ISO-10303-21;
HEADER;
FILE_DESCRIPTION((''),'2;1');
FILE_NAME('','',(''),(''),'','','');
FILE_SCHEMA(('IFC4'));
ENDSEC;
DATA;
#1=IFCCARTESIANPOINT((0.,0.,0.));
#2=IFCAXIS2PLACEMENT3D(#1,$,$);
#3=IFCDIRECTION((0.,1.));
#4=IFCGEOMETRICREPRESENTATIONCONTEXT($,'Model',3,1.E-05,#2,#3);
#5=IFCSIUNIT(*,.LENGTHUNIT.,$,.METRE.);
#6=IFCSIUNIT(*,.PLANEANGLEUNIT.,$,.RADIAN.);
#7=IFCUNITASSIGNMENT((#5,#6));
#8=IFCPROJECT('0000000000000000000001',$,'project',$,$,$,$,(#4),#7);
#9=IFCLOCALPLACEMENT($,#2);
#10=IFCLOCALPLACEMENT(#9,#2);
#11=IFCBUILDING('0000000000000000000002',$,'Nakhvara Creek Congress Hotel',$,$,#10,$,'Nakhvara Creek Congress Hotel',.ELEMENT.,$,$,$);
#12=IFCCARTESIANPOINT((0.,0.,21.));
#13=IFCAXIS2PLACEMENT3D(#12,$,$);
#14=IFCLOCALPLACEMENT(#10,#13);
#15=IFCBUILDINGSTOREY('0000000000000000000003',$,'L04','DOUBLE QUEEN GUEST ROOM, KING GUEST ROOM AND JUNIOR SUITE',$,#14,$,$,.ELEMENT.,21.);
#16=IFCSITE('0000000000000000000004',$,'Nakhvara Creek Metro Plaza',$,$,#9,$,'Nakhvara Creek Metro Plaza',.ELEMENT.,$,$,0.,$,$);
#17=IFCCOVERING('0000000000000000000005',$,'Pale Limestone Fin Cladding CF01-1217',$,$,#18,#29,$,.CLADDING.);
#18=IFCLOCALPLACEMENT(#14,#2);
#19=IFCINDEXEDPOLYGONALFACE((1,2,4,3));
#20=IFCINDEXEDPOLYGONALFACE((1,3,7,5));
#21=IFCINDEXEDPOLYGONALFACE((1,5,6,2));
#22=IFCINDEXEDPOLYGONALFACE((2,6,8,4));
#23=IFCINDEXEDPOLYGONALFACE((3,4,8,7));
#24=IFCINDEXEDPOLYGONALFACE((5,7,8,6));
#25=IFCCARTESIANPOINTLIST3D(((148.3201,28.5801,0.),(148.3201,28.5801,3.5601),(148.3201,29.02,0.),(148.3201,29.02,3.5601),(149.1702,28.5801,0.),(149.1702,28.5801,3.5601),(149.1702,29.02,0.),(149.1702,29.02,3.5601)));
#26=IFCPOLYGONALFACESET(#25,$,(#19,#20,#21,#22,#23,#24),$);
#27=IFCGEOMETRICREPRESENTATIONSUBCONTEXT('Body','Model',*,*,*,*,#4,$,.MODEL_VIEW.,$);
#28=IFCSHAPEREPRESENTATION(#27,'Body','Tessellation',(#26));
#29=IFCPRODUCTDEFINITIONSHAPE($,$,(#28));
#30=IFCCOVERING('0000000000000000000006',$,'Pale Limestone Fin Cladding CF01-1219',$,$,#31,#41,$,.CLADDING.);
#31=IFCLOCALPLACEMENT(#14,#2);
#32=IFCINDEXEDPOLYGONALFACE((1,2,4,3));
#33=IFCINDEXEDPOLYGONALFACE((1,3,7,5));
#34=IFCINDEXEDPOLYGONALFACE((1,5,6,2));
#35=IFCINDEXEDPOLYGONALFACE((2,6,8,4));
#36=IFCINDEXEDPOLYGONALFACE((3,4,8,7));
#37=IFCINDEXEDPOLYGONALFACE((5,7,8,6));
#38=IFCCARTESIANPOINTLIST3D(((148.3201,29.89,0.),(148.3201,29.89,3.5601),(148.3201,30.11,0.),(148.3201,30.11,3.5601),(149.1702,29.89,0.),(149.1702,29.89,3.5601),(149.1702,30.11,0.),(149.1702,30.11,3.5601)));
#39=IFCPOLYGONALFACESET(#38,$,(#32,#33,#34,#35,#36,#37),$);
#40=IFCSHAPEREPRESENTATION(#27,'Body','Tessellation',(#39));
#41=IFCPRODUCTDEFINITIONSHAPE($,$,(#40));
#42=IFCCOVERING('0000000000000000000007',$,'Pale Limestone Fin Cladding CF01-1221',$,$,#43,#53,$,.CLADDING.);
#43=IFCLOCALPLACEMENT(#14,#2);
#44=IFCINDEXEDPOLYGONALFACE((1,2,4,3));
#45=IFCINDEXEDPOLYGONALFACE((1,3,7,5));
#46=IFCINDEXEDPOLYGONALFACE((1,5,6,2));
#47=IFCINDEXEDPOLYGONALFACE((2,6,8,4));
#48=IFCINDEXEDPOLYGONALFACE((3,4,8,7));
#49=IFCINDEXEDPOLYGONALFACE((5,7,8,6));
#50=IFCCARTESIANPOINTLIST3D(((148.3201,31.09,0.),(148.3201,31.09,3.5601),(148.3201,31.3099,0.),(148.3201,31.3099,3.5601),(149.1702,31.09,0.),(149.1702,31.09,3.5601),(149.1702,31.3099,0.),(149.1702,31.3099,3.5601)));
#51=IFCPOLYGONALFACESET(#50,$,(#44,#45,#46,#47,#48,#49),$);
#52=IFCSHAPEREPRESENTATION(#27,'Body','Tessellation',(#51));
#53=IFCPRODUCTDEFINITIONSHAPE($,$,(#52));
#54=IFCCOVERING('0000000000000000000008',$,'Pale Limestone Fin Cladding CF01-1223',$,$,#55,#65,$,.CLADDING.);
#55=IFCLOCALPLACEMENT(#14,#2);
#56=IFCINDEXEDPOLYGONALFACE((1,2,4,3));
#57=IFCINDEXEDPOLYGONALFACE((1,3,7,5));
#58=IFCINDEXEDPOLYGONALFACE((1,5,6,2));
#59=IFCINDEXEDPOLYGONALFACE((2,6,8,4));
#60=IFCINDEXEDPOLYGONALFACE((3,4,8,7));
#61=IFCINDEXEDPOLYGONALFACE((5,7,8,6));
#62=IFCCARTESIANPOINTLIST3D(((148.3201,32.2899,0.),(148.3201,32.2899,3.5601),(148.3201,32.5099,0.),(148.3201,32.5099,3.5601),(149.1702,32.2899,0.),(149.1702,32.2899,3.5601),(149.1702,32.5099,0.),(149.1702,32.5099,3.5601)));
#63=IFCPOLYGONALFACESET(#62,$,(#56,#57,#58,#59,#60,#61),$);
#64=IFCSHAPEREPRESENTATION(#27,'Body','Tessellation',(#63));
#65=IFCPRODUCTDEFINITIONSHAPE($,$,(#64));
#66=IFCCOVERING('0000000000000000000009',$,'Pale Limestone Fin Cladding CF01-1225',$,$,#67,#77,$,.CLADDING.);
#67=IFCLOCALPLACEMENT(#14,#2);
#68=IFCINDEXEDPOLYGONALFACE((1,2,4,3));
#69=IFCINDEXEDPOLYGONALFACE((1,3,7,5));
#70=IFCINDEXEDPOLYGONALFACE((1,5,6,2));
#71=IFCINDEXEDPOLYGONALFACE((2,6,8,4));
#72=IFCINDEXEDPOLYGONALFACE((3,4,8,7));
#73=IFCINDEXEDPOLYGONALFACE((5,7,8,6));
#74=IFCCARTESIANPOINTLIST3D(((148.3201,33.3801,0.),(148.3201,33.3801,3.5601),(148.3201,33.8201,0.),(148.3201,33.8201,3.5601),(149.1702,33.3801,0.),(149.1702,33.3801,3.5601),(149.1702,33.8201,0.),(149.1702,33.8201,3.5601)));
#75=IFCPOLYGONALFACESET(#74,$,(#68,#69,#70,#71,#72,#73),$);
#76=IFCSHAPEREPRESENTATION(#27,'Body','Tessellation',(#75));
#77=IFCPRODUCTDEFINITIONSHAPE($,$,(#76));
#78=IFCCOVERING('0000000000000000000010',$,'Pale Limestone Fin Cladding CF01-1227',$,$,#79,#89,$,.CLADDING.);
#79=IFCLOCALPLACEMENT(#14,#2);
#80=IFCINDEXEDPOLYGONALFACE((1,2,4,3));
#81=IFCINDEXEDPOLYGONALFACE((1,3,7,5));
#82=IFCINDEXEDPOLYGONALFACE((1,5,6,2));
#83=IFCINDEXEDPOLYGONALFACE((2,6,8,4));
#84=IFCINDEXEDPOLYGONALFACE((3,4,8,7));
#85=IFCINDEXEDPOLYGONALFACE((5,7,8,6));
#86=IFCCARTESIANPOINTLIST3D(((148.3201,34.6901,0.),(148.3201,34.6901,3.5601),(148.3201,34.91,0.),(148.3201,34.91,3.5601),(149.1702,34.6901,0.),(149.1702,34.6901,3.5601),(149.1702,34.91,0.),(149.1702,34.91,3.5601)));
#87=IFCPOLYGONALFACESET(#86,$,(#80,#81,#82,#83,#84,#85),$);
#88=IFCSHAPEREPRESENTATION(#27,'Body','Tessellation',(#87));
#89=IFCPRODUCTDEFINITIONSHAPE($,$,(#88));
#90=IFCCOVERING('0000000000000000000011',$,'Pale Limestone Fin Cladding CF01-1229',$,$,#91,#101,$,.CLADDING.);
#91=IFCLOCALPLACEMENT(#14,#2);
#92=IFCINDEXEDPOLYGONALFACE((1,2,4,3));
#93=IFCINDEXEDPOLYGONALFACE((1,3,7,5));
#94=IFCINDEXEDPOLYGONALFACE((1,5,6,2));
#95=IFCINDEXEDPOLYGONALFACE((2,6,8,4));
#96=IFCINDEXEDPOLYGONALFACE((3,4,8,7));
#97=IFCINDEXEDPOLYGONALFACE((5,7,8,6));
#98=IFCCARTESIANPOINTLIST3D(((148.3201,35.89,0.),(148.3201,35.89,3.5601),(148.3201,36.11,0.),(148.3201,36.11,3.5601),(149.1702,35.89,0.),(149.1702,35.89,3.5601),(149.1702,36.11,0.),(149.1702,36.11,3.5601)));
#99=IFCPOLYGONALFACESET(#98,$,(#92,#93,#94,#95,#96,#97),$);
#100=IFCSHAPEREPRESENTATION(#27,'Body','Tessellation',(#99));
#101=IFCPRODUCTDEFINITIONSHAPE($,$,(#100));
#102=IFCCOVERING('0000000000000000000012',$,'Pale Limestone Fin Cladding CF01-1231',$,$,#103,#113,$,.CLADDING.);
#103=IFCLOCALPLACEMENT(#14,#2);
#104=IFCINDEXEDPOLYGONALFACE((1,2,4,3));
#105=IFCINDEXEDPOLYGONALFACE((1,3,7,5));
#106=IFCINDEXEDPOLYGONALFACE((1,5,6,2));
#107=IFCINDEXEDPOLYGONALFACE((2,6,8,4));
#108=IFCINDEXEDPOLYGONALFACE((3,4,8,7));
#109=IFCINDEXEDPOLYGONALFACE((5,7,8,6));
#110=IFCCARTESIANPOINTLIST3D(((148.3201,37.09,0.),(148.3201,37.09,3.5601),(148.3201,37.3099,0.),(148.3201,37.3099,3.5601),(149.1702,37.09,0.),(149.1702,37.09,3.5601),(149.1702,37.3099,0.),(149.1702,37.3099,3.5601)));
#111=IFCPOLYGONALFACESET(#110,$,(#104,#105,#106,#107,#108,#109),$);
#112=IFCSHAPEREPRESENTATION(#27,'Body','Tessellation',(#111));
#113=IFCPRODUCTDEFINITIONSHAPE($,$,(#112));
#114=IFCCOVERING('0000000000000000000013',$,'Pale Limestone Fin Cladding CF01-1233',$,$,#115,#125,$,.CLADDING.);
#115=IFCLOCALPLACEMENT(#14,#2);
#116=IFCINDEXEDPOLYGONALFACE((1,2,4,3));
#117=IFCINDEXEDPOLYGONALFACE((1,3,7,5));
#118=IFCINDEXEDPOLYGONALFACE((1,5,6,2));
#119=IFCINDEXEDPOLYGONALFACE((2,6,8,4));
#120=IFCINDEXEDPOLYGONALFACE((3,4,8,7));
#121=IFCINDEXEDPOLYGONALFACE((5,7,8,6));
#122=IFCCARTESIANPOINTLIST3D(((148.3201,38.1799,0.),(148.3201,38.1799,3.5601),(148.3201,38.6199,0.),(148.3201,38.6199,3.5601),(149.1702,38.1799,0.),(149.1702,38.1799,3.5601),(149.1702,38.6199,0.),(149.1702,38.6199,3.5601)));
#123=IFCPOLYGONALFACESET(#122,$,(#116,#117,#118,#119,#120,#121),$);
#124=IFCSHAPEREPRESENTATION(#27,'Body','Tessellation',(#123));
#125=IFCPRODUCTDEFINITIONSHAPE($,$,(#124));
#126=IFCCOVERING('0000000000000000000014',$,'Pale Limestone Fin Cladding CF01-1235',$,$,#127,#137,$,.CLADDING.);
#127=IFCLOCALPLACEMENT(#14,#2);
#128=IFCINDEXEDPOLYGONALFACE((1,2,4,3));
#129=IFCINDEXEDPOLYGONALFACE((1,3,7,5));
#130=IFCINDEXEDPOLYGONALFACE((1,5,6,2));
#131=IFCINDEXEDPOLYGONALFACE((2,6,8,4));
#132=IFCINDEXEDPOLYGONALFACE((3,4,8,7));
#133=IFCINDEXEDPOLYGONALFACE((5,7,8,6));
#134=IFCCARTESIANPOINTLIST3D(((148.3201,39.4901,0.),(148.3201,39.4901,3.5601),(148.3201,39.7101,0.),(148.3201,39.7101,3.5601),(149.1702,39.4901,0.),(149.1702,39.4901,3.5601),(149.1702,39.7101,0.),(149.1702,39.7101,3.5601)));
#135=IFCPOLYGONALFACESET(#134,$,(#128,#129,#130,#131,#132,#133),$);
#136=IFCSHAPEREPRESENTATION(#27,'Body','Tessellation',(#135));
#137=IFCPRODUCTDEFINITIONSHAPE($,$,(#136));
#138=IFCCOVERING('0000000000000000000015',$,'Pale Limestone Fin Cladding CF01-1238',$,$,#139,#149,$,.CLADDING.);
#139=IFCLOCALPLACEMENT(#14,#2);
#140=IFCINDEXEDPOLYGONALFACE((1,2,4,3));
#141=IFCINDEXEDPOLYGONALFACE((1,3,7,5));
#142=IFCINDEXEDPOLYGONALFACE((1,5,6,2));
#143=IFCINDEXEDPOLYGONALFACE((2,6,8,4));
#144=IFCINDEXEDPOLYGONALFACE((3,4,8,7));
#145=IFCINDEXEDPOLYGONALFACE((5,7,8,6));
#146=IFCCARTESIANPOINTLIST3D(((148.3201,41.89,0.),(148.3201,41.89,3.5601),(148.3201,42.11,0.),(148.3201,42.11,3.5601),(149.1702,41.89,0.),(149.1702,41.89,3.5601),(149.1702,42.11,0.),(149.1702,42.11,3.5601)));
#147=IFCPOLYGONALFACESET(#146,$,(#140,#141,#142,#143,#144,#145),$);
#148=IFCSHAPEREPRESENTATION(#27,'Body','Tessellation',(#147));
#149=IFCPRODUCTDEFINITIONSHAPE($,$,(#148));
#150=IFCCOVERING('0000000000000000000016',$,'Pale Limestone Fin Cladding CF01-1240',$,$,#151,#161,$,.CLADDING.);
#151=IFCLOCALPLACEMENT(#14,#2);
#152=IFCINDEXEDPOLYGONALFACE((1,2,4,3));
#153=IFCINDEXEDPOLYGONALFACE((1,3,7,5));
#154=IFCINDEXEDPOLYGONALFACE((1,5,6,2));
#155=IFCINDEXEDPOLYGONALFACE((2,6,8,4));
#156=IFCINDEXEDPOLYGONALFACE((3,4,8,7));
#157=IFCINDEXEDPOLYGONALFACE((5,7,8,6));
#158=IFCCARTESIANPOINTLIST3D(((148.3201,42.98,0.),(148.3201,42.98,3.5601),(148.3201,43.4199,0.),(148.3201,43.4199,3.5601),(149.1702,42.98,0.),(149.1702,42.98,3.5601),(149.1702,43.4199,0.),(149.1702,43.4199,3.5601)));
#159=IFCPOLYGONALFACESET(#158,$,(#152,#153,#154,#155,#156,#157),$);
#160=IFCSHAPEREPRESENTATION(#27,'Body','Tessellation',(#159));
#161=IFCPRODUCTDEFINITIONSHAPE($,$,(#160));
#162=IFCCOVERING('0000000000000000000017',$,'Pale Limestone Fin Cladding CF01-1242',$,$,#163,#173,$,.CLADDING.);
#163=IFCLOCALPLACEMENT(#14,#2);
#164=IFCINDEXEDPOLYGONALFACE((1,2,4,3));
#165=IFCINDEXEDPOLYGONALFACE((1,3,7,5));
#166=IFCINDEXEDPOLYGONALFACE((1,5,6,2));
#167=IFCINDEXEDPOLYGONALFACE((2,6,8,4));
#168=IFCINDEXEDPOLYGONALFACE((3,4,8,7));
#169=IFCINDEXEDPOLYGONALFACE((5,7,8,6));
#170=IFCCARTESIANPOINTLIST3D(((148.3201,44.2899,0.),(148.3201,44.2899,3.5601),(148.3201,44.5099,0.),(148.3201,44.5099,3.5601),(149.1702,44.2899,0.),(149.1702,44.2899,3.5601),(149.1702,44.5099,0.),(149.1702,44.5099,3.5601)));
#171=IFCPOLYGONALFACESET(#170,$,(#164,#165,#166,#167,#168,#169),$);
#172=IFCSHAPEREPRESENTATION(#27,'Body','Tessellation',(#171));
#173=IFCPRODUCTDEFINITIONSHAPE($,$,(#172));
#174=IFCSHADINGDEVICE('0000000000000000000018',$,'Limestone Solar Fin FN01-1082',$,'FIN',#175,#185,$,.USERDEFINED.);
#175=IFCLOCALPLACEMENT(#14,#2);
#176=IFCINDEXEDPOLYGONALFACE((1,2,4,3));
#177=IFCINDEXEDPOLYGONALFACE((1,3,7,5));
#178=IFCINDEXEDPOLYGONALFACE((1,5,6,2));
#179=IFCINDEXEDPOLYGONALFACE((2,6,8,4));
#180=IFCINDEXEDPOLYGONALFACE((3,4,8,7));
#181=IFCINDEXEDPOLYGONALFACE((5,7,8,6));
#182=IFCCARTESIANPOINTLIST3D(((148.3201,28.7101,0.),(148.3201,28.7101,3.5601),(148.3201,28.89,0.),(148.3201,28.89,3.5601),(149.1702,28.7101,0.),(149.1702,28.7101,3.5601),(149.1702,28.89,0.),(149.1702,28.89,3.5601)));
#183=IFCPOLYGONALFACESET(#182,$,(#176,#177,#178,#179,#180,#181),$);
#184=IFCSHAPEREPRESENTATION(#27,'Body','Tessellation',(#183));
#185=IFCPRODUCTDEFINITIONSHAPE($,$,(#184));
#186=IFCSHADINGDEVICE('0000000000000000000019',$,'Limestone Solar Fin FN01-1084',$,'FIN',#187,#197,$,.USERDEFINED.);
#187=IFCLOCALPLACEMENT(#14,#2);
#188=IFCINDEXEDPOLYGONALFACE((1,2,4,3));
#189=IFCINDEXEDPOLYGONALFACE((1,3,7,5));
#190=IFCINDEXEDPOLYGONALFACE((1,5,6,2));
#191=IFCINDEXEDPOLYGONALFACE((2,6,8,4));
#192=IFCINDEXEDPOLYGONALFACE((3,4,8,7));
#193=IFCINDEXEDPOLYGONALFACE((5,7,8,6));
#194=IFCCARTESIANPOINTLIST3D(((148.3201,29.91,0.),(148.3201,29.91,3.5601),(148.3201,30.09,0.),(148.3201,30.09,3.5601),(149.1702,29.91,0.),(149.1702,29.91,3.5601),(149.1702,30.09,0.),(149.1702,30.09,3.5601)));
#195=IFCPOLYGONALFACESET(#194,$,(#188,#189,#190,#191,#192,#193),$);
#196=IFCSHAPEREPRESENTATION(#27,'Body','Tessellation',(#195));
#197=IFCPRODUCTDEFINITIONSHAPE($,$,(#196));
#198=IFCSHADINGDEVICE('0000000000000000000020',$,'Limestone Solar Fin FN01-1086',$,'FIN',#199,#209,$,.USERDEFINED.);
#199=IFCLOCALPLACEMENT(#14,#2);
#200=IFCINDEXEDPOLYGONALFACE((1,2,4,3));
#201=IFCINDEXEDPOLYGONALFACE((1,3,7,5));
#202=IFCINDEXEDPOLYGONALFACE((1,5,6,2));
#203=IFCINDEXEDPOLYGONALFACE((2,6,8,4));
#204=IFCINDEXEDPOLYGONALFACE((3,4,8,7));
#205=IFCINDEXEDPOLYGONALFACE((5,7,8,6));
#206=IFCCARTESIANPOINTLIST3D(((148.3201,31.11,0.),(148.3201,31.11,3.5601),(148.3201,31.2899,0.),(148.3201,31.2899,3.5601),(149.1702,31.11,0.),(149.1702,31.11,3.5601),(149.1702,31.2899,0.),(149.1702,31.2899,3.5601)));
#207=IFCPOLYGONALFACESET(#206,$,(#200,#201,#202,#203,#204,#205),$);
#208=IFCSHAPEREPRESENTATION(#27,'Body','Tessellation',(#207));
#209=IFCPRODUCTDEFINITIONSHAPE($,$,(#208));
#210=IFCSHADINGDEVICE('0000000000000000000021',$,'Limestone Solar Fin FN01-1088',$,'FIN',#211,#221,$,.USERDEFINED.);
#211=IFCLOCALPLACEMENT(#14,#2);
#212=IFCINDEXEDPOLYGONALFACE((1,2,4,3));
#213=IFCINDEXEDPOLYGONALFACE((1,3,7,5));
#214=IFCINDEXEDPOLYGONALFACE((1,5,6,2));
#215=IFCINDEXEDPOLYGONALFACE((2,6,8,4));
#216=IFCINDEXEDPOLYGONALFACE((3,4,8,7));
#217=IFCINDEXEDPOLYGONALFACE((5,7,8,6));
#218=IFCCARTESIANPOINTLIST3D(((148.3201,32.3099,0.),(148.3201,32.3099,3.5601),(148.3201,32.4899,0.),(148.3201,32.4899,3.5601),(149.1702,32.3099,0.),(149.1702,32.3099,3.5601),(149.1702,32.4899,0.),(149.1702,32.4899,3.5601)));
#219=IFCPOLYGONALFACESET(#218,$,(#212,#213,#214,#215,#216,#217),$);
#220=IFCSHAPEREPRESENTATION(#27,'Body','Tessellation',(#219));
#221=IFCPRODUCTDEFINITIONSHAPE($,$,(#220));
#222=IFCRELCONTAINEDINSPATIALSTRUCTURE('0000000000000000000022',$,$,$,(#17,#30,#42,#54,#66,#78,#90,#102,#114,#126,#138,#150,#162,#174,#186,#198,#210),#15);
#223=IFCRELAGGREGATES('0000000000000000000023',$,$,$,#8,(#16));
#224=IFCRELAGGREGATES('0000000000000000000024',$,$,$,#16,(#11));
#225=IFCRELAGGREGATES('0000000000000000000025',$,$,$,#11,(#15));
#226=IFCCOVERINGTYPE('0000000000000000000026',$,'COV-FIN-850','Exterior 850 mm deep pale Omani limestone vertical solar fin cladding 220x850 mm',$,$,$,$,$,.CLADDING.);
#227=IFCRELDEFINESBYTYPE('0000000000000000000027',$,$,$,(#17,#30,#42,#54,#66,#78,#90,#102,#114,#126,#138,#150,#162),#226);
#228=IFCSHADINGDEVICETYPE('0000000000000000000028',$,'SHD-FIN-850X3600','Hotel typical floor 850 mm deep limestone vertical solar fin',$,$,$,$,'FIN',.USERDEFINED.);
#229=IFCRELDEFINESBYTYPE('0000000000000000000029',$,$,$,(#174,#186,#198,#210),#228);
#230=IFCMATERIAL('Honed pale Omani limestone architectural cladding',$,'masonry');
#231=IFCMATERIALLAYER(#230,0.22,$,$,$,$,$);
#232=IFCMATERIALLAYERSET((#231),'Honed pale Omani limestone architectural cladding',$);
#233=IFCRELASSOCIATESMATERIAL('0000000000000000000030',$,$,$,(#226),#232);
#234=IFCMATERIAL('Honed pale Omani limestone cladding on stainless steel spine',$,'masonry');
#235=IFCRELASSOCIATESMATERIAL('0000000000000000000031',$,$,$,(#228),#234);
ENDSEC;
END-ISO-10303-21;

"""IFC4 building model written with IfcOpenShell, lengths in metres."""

from ifc_helpers import new_model, si_unit, direction, frame, origin, origin_2d, place, context, subcontext, project, spatial, rectangle, extrude, material, layer, layer_set, type_object, element, save


model = new_model("IFC4")

# Units and contexts
model_context = context("Model", 3, precision=1e-05, world=origin(), true_north=direction((0.0, 1.0)))
body_context = subcontext(model_context, "Body", "Model", "MODEL_VIEW")
ifc_project = project(units=[si_unit("LENGTHUNIT", "METRE"), si_unit("PLANEANGLEUNIT", "RADIAN")], contexts=[model_context])

# Site, building, storey
site_placement = place(None, origin())
site = spatial("IfcSite", under=ifc_project, at=site_placement, Name="Nakhvara Creek Metro Plaza", LongName="Nakhvara Creek Metro Plaza", CompositionType="ELEMENT", RefElevation=0.0)
building_placement = place(site_placement, origin())
building = spatial("IfcBuilding", under=site, at=building_placement, Name="Nakhvara Creek Congress Hotel", LongName="Nakhvara Creek Congress Hotel", CompositionType="ELEMENT")
storey_placement = place(building_placement, frame((0.0, 0.0, 21.0)))
storey = spatial("IfcBuildingStorey", under=building, at=storey_placement, Name="L04", Description="DOUBLE QUEEN GUEST ROOM, KING GUEST ROOM AND JUNIOR SUITE", CompositionType="ELEMENT", Elevation=21.0)

# Coverings
ifc_material_1 = material(Name="Honed pale Omani limestone architectural cladding", Category="masonry")
ifc_layer = layer(ifc_material_1, 0.22)
ifc_layer_set = layer_set([ifc_layer], Name="Honed pale Omani limestone architectural cladding")
covering_type = type_object("IfcCoveringType", Name="COV-FIN-850", Description="Exterior 850 mm deep pale Omani limestone vertical solar fin cladding 220x850 mm", PredefinedType="CLADDING", material=ifc_layer_set)
covering_1_placement = place(storey_placement, frame((148.7451, 28.8, 0.0), z_axis=(0.0, 0.0, 1.0), x_axis=(0.0, 1.0, 0.0)))
element("IfcCovering", 1, at=covering_1_placement, inside=storey, type_object=covering_type, Name="Pale Limestone Fin Cladding CF01-1217", PredefinedType="CLADDING", context=body_context, shape_type="SweptSolid", body=[
    extrude(rectangle(XDim=0.4399, YDim=0.8501, at=origin_2d()), origin(), (0.0, 0.0, 1.0), 3.5601),
])
for number, where, z_axis, x_axis, name in (
    (2, (148.7451, 30.0, 0.0), (0.0, 0.0, 1.0), (0.0, 1.0, 0.0), "Pale Limestone Fin Cladding CF01-1219"),
    (3, (148.7451, 31.2, 0.0), (0.0, 0.0, 1.0), (0.0, 1.0, 0.0), "Pale Limestone Fin Cladding CF01-1221"),
    (4, (148.7451, 32.3999, 0.0), (0.0, 0.0, 1.0), (0.0, 1.0, 0.0), "Pale Limestone Fin Cladding CF01-1223"),
):
    element("IfcCovering", number, at=place(storey_placement, frame(where, z_axis=z_axis, x_axis=x_axis)), inside=storey, type_object=covering_type, Name=name, PredefinedType="CLADDING", context=body_context, shape_type="SweptSolid", body=[
        extrude(rectangle(XDim=0.22, YDim=0.8501, at=origin_2d()), origin(), (0.0, 0.0, 1.0), 3.5601),
    ])
covering_2_placement = place(storey_placement, frame((148.7451, 33.6001, 0.0), z_axis=(0.0, 0.0, 1.0), x_axis=(0.0, 1.0, 0.0)))
element("IfcCovering", 5, at=covering_2_placement, inside=storey, type_object=covering_type, Name="Pale Limestone Fin Cladding CF01-1225", PredefinedType="CLADDING", context=body_context, shape_type="SweptSolid", body=[
    extrude(rectangle(XDim=0.4399, YDim=0.8501, at=origin_2d()), origin(), (0.0, 0.0, 1.0), 3.5601),
])
for number, where, z_axis, x_axis, name in (
    (6, (148.7451, 34.8, 0.0), (0.0, 0.0, 1.0), (0.0, 1.0, 0.0), "Pale Limestone Fin Cladding CF01-1227"),
    (7, (148.7451, 36.0, 0.0), (0.0, 0.0, 1.0), (0.0, 1.0, 0.0), "Pale Limestone Fin Cladding CF01-1229"),
    (8, (148.7451, 37.2, 0.0), (0.0, 0.0, 1.0), (0.0, 1.0, 0.0), "Pale Limestone Fin Cladding CF01-1231"),
):
    element("IfcCovering", number, at=place(storey_placement, frame(where, z_axis=z_axis, x_axis=x_axis)), inside=storey, type_object=covering_type, Name=name, PredefinedType="CLADDING", context=body_context, shape_type="SweptSolid", body=[
        extrude(rectangle(XDim=0.22, YDim=0.8501, at=origin_2d()), origin(), (0.0, 0.0, 1.0), 3.5601),
    ])
covering_3_placement = place(storey_placement, frame((148.7451, 38.3999, 0.0), z_axis=(0.0, 0.0, 1.0), x_axis=(0.0, 1.0, 0.0)))
element("IfcCovering", 9, at=covering_3_placement, inside=storey, type_object=covering_type, Name="Pale Limestone Fin Cladding CF01-1233", PredefinedType="CLADDING", context=body_context, shape_type="SweptSolid", body=[
    extrude(rectangle(XDim=0.4399, YDim=0.8501, at=origin_2d()), origin(), (0.0, 0.0, 1.0), 3.5601),
])
for number, where, z_axis, x_axis, name in (
    (10, (148.7451, 39.6001, 0.0), (0.0, 0.0, 1.0), (0.0, 1.0, 0.0), "Pale Limestone Fin Cladding CF01-1235"),
    (11, (148.7451, 42.0, 0.0), (0.0, 0.0, 1.0), (0.0, 1.0, 0.0), "Pale Limestone Fin Cladding CF01-1238"),
):
    element("IfcCovering", number, at=place(storey_placement, frame(where, z_axis=z_axis, x_axis=x_axis)), inside=storey, type_object=covering_type, Name=name, PredefinedType="CLADDING", context=body_context, shape_type="SweptSolid", body=[
        extrude(rectangle(XDim=0.22, YDim=0.8501, at=origin_2d()), origin(), (0.0, 0.0, 1.0), 3.5601),
    ])
covering_4_placement = place(storey_placement, frame((148.7451, 43.2, 0.0), z_axis=(0.0, 0.0, 1.0), x_axis=(0.0, 1.0, 0.0)))
element("IfcCovering", 12, at=covering_4_placement, inside=storey, type_object=covering_type, Name="Pale Limestone Fin Cladding CF01-1240", PredefinedType="CLADDING", context=body_context, shape_type="SweptSolid", body=[
    extrude(rectangle(XDim=0.4399, YDim=0.8501, at=origin_2d()), origin(), (0.0, 0.0, 1.0), 3.5601),
])
covering_5_placement = place(storey_placement, frame((148.7451, 44.3999, 0.0), z_axis=(0.0, 0.0, 1.0), x_axis=(0.0, 1.0, 0.0)))
element("IfcCovering", 13, at=covering_5_placement, inside=storey, type_object=covering_type, Name="Pale Limestone Fin Cladding CF01-1242", PredefinedType="CLADDING", context=body_context, shape_type="SweptSolid", body=[
    extrude(rectangle(XDim=0.22, YDim=0.8501, at=origin_2d()), origin(), (0.0, 0.0, 1.0), 3.5601),
])

# Shading devices
ifc_material_2 = material(Name="Honed pale Omani limestone cladding on stainless steel spine", Category="masonry")
shading_device_type = type_object("IfcShadingDeviceType", Name="SHD-FIN-850X3600", Description="Hotel typical floor 850 mm deep limestone vertical solar fin", ElementType="FIN", PredefinedType="USERDEFINED", material=ifc_material_2)
for number, where, z_axis, x_axis, name in (
    (14, (148.7451, 28.8, 0.0), (0.0, 0.0, 1.0), (0.0, 1.0, 0.0), "Limestone Solar Fin FN01-1082"),
    (15, (148.7451, 30.0, 0.0), (0.0, 0.0, 1.0), (0.0, 1.0, 0.0), "Limestone Solar Fin FN01-1084"),
    (16, (148.7451, 31.2, 0.0), (0.0, 0.0, 1.0), (0.0, 1.0, 0.0), "Limestone Solar Fin FN01-1086"),
    (17, (148.7451, 32.3999, 0.0), (0.0, 0.0, 1.0), (0.0, 1.0, 0.0), "Limestone Solar Fin FN01-1088"),
):
    element("IfcShadingDevice", number, at=place(storey_placement, frame(where, z_axis=z_axis, x_axis=x_axis)), inside=storey, type_object=shading_device_type, Name=name, ObjectType="FIN", PredefinedType="USERDEFINED", context=body_context, shape_type="SweptSolid", body=[
        extrude(rectangle(XDim=0.1799, YDim=0.8501, at=origin_2d()), origin(), (0.0, 0.0, 1.0), 3.5601),
    ])

save(model, "model.ifc")
